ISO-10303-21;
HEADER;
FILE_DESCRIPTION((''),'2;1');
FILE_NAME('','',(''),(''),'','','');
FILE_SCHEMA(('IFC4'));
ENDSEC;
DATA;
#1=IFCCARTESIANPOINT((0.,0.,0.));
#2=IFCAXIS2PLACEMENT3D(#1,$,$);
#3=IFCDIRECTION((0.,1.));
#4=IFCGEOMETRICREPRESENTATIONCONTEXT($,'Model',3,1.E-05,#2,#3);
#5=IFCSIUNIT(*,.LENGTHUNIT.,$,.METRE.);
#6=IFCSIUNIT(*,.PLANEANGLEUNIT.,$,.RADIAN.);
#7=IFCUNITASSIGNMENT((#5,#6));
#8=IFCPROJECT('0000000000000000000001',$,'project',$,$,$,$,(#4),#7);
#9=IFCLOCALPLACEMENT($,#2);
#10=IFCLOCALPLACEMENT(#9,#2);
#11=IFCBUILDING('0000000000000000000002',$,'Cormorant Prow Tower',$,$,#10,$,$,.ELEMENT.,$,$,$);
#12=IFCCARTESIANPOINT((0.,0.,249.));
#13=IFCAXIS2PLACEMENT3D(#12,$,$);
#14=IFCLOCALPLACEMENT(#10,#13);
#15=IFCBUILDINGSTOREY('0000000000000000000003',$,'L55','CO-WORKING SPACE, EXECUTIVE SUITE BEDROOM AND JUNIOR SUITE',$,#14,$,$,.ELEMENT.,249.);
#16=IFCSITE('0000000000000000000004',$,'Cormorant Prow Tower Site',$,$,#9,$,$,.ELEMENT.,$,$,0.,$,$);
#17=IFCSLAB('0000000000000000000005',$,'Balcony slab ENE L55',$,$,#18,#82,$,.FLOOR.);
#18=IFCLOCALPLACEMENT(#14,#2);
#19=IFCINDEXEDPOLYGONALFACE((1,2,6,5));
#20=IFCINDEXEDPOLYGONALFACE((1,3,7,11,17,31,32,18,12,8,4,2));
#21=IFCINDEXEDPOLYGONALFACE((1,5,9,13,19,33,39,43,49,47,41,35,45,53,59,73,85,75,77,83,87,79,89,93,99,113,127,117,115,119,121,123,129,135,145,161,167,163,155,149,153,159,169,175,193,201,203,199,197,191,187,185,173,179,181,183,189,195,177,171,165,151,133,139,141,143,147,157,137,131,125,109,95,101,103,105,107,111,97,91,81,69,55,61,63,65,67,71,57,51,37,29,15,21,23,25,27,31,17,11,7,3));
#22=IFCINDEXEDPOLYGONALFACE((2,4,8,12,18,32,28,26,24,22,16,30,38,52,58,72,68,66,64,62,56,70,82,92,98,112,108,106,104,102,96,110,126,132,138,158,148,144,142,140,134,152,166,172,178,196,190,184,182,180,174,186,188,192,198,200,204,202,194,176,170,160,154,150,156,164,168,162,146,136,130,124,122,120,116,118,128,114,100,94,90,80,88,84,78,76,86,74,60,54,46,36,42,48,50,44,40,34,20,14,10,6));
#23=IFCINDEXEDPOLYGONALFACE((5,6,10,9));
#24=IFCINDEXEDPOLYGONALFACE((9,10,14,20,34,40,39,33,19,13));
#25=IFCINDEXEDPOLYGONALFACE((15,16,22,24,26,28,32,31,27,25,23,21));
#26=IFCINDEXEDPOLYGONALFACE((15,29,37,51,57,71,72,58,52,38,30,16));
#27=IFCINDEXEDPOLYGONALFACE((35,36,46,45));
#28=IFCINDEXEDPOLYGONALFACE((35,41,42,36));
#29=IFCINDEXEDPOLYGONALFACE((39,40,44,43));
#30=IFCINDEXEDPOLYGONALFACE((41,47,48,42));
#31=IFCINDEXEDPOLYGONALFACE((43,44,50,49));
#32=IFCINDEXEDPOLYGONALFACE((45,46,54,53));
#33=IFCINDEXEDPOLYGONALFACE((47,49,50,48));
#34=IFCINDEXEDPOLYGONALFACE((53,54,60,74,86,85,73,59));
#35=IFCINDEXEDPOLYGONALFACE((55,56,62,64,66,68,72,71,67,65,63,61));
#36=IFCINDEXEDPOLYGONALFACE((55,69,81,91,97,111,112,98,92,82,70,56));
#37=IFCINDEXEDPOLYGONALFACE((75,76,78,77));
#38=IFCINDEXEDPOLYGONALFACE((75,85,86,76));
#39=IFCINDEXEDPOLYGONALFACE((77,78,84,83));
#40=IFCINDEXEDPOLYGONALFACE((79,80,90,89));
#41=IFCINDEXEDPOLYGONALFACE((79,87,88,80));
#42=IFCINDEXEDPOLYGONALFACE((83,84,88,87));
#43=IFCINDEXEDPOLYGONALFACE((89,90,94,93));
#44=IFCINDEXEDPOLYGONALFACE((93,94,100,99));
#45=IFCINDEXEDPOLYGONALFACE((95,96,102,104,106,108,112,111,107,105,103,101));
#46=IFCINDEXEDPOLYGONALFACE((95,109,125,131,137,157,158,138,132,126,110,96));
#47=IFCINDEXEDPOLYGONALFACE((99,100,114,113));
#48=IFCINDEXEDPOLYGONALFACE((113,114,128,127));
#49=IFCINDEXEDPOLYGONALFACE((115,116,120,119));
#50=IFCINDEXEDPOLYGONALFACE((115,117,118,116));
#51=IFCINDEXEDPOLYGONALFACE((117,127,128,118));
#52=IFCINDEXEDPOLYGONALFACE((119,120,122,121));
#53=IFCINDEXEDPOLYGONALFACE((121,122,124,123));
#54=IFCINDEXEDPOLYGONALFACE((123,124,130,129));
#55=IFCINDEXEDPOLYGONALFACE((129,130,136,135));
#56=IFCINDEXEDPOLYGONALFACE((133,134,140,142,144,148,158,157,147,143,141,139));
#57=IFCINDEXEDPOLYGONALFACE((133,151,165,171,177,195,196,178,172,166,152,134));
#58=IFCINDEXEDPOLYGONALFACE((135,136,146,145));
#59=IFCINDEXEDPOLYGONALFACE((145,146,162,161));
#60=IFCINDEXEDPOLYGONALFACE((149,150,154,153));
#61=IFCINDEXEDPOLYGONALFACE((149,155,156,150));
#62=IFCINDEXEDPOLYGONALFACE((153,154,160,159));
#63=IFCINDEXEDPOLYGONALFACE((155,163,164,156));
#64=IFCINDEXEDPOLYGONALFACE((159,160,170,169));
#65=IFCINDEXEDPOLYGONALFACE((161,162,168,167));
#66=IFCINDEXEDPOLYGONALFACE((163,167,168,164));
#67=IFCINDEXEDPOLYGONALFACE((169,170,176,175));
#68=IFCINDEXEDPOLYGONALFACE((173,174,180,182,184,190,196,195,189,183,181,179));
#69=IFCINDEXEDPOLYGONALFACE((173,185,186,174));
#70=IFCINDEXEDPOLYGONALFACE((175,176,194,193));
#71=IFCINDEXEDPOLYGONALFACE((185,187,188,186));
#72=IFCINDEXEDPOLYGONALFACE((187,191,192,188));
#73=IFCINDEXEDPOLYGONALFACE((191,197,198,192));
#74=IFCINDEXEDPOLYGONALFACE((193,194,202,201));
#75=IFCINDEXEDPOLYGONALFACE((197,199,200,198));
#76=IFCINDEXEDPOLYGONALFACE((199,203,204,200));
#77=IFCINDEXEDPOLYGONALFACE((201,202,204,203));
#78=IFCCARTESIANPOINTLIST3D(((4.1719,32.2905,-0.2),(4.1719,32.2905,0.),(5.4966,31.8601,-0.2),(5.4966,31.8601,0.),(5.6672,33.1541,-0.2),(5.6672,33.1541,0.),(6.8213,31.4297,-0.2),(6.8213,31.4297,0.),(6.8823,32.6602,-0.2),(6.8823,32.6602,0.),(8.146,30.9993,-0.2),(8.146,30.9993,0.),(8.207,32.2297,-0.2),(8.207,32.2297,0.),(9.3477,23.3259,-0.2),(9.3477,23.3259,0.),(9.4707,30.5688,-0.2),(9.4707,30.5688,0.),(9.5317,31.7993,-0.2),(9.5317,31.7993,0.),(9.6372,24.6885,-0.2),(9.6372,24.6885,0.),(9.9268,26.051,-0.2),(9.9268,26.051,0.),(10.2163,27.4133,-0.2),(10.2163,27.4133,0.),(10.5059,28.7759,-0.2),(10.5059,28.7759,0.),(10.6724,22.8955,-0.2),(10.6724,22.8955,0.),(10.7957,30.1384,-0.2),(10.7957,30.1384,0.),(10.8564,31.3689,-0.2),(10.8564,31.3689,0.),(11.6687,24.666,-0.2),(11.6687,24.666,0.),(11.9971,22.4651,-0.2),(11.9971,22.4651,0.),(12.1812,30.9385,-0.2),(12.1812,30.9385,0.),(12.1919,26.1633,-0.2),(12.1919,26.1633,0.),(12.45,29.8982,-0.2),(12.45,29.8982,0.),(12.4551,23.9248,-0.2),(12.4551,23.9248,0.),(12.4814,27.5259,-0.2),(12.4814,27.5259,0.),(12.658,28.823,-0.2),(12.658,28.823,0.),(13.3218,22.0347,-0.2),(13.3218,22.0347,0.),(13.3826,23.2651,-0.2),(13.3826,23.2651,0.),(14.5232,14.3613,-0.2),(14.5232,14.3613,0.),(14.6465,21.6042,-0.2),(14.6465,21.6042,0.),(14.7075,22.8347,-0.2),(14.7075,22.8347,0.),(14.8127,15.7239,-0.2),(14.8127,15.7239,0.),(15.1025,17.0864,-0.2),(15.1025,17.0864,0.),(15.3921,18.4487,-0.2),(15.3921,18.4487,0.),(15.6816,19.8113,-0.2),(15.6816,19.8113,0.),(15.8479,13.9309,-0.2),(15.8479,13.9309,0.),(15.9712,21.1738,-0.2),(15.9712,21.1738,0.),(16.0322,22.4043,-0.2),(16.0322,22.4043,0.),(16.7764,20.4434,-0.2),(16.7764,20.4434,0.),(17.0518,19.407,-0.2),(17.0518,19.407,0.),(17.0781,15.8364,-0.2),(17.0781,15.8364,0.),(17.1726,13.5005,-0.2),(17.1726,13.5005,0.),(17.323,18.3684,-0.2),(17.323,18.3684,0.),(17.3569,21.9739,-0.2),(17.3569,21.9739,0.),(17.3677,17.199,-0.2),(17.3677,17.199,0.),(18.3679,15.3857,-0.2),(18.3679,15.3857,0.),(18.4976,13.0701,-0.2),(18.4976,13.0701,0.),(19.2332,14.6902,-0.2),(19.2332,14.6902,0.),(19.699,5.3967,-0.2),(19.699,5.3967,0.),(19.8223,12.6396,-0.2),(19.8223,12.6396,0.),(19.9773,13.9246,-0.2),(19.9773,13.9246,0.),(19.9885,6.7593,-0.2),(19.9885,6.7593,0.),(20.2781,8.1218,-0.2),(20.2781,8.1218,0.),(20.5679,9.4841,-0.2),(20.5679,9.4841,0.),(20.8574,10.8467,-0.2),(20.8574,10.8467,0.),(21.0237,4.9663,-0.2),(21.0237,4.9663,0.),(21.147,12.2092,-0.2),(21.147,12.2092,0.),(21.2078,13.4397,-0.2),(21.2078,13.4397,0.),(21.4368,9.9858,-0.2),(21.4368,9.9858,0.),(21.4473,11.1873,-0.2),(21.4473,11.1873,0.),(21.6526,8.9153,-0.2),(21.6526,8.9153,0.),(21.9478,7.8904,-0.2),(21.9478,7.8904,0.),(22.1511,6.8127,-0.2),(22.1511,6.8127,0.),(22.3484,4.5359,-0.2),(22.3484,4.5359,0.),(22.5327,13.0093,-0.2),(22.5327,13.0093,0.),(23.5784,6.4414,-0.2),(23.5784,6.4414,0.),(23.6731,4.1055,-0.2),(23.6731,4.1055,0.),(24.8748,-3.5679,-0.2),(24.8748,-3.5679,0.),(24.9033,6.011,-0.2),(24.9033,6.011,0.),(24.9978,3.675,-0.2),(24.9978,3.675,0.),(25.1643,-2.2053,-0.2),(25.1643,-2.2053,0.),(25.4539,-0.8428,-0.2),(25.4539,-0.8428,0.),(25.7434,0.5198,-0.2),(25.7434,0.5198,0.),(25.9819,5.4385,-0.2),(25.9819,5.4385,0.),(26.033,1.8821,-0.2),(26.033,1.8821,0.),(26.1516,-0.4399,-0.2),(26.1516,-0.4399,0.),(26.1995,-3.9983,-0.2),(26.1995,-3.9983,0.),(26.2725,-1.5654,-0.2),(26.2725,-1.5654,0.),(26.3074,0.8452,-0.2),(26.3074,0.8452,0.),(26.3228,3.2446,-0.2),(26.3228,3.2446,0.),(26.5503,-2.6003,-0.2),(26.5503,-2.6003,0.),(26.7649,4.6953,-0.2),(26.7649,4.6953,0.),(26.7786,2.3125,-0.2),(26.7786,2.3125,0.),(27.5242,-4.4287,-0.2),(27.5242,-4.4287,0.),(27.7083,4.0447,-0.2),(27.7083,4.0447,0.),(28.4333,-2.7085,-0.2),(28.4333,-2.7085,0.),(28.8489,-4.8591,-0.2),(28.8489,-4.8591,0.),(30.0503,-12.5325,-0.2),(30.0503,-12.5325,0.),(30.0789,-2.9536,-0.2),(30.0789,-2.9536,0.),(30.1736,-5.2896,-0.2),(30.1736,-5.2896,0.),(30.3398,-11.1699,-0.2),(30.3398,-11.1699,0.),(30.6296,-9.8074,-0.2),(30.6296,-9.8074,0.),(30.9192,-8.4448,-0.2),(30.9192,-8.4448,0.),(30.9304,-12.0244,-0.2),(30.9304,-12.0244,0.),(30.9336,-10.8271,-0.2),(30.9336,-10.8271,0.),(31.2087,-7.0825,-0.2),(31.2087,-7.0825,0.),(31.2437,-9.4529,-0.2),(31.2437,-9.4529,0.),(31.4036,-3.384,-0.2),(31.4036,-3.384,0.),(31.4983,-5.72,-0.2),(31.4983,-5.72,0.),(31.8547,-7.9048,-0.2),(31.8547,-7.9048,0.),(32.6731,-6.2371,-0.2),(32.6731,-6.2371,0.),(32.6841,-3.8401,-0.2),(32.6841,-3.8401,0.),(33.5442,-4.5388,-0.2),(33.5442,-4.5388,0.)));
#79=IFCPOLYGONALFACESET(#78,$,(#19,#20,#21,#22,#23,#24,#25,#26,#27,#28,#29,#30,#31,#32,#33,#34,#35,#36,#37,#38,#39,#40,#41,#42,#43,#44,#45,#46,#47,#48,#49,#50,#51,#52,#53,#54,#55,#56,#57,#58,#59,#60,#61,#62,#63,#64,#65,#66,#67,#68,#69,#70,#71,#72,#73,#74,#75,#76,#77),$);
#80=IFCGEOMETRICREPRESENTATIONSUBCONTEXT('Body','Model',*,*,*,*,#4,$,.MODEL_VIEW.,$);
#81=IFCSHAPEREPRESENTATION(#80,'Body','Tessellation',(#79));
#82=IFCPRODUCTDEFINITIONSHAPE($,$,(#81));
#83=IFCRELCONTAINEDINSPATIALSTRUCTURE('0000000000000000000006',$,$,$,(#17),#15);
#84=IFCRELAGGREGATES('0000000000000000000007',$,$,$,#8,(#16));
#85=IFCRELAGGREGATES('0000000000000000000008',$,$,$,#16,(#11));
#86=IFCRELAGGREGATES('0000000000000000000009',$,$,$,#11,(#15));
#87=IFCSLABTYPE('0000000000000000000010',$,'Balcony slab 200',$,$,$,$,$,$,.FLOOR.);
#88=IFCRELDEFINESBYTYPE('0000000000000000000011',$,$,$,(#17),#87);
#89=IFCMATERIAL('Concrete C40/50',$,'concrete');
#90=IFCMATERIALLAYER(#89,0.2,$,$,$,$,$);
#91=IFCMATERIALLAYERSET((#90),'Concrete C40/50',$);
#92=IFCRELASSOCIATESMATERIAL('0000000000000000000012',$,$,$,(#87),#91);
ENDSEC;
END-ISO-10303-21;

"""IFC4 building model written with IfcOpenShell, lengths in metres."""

from ifc_helpers import new_model, si_unit, direction, frame, origin, place, context, subcontext, project, spatial, polyline, outline, extrude, material, layer, layer_set, type_object, element, save


model = new_model("IFC4")

# Units and contexts
model_context = context("Model", 3, precision=1e-05, world=origin(), true_north=direction((0.0, 1.0)))
body_context = subcontext(model_context, "Body", "Model", "MODEL_VIEW")
ifc_project = project(units=[si_unit("LENGTHUNIT", "METRE"), si_unit("PLANEANGLEUNIT", "RADIAN")], contexts=[model_context])

# Site, building, storey
site_placement = place(None, origin())
site = spatial("IfcSite", under=ifc_project, at=site_placement, Name="Cormorant Prow Tower Site", CompositionType="ELEMENT", RefElevation=0.0)
building_placement = place(site_placement, origin())
building = spatial("IfcBuilding", under=site, at=building_placement, Name="Cormorant Prow Tower", CompositionType="ELEMENT")
storey_placement = place(building_placement, frame((0.0, 0.0, 249.0)))
storey = spatial("IfcBuildingStorey", under=building, at=storey_placement, Name="L55", Description="CO-WORKING SPACE, EXECUTIVE SUITE BEDROOM AND JUNIOR SUITE", CompositionType="ELEMENT", Elevation=249.0)

# Slab
ifc_material_1 = material(Name="Concrete C40/50", Category="concrete")
ifc_layer_1 = layer(ifc_material_1, 0.2)
ifc_layer_set_1 = layer_set([ifc_layer_1], Name="Concrete C40/50")
slab_type_1 = type_object("IfcSlabType", Name="Balcony slab 200", PredefinedType="FLOOR", material=ifc_layer_set_1)
slab_1_placement = place(storey_placement, frame((0.0, 0.0, -0.2)))
element("IfcSlab", 1, at=slab_1_placement, inside=storey, type_object=slab_type_1, Name="Balcony slab ENE L55", PredefinedType="FLOOR", context=body_context, shape_type="SweptSolid", body=[
    extrude(outline(polyline([(30.0503, -12.5325), (30.9304, -12.0244), (30.9336, -10.8271), (31.2437, -9.4529), (31.8547, -7.9048), (32.6731, -6.2371), (33.5442, -4.5388), (32.6841, -3.8401), (31.4036, -3.384), (30.0789, -2.9536), (28.4333, -2.7085), (26.5503, -2.6003), (26.2725, -1.5654), (26.1516, -0.4399), (26.3074, 0.8452), (26.7786, 2.3125), (27.7083, 4.0447), (26.7649, 4.6953), (25.9819, 5.4385), (24.9033, 6.011), (23.5784, 6.4414), (22.1511, 6.8127), (21.9478, 7.8904), (21.6526, 8.9153), (21.4368, 9.9858), (21.4473, 11.1873), (22.5327, 13.0093), (21.2078, 13.4397), (19.9773, 13.9246), (19.2332, 14.6902), (18.3679, 15.3857), (17.0781, 15.8364), (17.3677, 17.199), (17.323, 18.3684), (17.0518, 19.407), (16.7764, 20.4434), (17.3569, 21.9739), (16.0322, 22.4043), (14.7075, 22.8347), (13.3826, 23.2651), (12.4551, 23.9248), (11.6687, 24.666), (12.1919, 26.1633), (12.4814, 27.5259), (12.658, 28.823), (12.45, 29.8982), (12.1812, 30.9385), (10.8564, 31.3689), (9.5317, 31.7993), (8.207, 32.2297), (6.8823, 32.6602), (5.6672, 33.1541), (4.1719, 32.2905), (5.4966, 31.8601), (6.8213, 31.4297), (8.146, 30.9993), (9.4707, 30.5688), (10.7957, 30.1384), (10.5059, 28.7759), (10.2163, 27.4133), (9.9268, 26.051), (9.6372, 24.6885), (9.3477, 23.3259), (10.6724, 22.8955), (11.9971, 22.4651), (13.3218, 22.0347), (14.6465, 21.6042), (15.9712, 21.1738), (15.6816, 19.8113), (15.3921, 18.4487), (15.1025, 17.0864), (14.8127, 15.7239), (14.5232, 14.3613), (15.8479, 13.9309), (17.1726, 13.5005), (18.4976, 13.0701), (19.8223, 12.6396), (21.147, 12.2092), (20.8574, 10.8467), (20.5679, 9.4841), (20.2781, 8.1218), (19.9885, 6.7593), (19.699, 5.3967), (21.0237, 4.9663), (22.3484, 4.5359), (23.6731, 4.1055), (24.9978, 3.675), (26.3228, 3.2446), (26.033, 1.8821), (25.7434, 0.5198), (25.4539, -0.8428), (25.1643, -2.2053), (24.8748, -3.5679), (26.1995, -3.9983), (27.5242, -4.4287), (28.8489, -4.8591), (30.1736, -5.2896), (31.4983, -5.72), (31.2087, -7.0825), (30.9192, -8.4448), (30.6296, -9.8074), (30.3398, -11.1699), (30.0503, -12.5325)])), origin(), (0.0, 0.0, 1.0), 0.2),
])

save(model, "model.ifc")
